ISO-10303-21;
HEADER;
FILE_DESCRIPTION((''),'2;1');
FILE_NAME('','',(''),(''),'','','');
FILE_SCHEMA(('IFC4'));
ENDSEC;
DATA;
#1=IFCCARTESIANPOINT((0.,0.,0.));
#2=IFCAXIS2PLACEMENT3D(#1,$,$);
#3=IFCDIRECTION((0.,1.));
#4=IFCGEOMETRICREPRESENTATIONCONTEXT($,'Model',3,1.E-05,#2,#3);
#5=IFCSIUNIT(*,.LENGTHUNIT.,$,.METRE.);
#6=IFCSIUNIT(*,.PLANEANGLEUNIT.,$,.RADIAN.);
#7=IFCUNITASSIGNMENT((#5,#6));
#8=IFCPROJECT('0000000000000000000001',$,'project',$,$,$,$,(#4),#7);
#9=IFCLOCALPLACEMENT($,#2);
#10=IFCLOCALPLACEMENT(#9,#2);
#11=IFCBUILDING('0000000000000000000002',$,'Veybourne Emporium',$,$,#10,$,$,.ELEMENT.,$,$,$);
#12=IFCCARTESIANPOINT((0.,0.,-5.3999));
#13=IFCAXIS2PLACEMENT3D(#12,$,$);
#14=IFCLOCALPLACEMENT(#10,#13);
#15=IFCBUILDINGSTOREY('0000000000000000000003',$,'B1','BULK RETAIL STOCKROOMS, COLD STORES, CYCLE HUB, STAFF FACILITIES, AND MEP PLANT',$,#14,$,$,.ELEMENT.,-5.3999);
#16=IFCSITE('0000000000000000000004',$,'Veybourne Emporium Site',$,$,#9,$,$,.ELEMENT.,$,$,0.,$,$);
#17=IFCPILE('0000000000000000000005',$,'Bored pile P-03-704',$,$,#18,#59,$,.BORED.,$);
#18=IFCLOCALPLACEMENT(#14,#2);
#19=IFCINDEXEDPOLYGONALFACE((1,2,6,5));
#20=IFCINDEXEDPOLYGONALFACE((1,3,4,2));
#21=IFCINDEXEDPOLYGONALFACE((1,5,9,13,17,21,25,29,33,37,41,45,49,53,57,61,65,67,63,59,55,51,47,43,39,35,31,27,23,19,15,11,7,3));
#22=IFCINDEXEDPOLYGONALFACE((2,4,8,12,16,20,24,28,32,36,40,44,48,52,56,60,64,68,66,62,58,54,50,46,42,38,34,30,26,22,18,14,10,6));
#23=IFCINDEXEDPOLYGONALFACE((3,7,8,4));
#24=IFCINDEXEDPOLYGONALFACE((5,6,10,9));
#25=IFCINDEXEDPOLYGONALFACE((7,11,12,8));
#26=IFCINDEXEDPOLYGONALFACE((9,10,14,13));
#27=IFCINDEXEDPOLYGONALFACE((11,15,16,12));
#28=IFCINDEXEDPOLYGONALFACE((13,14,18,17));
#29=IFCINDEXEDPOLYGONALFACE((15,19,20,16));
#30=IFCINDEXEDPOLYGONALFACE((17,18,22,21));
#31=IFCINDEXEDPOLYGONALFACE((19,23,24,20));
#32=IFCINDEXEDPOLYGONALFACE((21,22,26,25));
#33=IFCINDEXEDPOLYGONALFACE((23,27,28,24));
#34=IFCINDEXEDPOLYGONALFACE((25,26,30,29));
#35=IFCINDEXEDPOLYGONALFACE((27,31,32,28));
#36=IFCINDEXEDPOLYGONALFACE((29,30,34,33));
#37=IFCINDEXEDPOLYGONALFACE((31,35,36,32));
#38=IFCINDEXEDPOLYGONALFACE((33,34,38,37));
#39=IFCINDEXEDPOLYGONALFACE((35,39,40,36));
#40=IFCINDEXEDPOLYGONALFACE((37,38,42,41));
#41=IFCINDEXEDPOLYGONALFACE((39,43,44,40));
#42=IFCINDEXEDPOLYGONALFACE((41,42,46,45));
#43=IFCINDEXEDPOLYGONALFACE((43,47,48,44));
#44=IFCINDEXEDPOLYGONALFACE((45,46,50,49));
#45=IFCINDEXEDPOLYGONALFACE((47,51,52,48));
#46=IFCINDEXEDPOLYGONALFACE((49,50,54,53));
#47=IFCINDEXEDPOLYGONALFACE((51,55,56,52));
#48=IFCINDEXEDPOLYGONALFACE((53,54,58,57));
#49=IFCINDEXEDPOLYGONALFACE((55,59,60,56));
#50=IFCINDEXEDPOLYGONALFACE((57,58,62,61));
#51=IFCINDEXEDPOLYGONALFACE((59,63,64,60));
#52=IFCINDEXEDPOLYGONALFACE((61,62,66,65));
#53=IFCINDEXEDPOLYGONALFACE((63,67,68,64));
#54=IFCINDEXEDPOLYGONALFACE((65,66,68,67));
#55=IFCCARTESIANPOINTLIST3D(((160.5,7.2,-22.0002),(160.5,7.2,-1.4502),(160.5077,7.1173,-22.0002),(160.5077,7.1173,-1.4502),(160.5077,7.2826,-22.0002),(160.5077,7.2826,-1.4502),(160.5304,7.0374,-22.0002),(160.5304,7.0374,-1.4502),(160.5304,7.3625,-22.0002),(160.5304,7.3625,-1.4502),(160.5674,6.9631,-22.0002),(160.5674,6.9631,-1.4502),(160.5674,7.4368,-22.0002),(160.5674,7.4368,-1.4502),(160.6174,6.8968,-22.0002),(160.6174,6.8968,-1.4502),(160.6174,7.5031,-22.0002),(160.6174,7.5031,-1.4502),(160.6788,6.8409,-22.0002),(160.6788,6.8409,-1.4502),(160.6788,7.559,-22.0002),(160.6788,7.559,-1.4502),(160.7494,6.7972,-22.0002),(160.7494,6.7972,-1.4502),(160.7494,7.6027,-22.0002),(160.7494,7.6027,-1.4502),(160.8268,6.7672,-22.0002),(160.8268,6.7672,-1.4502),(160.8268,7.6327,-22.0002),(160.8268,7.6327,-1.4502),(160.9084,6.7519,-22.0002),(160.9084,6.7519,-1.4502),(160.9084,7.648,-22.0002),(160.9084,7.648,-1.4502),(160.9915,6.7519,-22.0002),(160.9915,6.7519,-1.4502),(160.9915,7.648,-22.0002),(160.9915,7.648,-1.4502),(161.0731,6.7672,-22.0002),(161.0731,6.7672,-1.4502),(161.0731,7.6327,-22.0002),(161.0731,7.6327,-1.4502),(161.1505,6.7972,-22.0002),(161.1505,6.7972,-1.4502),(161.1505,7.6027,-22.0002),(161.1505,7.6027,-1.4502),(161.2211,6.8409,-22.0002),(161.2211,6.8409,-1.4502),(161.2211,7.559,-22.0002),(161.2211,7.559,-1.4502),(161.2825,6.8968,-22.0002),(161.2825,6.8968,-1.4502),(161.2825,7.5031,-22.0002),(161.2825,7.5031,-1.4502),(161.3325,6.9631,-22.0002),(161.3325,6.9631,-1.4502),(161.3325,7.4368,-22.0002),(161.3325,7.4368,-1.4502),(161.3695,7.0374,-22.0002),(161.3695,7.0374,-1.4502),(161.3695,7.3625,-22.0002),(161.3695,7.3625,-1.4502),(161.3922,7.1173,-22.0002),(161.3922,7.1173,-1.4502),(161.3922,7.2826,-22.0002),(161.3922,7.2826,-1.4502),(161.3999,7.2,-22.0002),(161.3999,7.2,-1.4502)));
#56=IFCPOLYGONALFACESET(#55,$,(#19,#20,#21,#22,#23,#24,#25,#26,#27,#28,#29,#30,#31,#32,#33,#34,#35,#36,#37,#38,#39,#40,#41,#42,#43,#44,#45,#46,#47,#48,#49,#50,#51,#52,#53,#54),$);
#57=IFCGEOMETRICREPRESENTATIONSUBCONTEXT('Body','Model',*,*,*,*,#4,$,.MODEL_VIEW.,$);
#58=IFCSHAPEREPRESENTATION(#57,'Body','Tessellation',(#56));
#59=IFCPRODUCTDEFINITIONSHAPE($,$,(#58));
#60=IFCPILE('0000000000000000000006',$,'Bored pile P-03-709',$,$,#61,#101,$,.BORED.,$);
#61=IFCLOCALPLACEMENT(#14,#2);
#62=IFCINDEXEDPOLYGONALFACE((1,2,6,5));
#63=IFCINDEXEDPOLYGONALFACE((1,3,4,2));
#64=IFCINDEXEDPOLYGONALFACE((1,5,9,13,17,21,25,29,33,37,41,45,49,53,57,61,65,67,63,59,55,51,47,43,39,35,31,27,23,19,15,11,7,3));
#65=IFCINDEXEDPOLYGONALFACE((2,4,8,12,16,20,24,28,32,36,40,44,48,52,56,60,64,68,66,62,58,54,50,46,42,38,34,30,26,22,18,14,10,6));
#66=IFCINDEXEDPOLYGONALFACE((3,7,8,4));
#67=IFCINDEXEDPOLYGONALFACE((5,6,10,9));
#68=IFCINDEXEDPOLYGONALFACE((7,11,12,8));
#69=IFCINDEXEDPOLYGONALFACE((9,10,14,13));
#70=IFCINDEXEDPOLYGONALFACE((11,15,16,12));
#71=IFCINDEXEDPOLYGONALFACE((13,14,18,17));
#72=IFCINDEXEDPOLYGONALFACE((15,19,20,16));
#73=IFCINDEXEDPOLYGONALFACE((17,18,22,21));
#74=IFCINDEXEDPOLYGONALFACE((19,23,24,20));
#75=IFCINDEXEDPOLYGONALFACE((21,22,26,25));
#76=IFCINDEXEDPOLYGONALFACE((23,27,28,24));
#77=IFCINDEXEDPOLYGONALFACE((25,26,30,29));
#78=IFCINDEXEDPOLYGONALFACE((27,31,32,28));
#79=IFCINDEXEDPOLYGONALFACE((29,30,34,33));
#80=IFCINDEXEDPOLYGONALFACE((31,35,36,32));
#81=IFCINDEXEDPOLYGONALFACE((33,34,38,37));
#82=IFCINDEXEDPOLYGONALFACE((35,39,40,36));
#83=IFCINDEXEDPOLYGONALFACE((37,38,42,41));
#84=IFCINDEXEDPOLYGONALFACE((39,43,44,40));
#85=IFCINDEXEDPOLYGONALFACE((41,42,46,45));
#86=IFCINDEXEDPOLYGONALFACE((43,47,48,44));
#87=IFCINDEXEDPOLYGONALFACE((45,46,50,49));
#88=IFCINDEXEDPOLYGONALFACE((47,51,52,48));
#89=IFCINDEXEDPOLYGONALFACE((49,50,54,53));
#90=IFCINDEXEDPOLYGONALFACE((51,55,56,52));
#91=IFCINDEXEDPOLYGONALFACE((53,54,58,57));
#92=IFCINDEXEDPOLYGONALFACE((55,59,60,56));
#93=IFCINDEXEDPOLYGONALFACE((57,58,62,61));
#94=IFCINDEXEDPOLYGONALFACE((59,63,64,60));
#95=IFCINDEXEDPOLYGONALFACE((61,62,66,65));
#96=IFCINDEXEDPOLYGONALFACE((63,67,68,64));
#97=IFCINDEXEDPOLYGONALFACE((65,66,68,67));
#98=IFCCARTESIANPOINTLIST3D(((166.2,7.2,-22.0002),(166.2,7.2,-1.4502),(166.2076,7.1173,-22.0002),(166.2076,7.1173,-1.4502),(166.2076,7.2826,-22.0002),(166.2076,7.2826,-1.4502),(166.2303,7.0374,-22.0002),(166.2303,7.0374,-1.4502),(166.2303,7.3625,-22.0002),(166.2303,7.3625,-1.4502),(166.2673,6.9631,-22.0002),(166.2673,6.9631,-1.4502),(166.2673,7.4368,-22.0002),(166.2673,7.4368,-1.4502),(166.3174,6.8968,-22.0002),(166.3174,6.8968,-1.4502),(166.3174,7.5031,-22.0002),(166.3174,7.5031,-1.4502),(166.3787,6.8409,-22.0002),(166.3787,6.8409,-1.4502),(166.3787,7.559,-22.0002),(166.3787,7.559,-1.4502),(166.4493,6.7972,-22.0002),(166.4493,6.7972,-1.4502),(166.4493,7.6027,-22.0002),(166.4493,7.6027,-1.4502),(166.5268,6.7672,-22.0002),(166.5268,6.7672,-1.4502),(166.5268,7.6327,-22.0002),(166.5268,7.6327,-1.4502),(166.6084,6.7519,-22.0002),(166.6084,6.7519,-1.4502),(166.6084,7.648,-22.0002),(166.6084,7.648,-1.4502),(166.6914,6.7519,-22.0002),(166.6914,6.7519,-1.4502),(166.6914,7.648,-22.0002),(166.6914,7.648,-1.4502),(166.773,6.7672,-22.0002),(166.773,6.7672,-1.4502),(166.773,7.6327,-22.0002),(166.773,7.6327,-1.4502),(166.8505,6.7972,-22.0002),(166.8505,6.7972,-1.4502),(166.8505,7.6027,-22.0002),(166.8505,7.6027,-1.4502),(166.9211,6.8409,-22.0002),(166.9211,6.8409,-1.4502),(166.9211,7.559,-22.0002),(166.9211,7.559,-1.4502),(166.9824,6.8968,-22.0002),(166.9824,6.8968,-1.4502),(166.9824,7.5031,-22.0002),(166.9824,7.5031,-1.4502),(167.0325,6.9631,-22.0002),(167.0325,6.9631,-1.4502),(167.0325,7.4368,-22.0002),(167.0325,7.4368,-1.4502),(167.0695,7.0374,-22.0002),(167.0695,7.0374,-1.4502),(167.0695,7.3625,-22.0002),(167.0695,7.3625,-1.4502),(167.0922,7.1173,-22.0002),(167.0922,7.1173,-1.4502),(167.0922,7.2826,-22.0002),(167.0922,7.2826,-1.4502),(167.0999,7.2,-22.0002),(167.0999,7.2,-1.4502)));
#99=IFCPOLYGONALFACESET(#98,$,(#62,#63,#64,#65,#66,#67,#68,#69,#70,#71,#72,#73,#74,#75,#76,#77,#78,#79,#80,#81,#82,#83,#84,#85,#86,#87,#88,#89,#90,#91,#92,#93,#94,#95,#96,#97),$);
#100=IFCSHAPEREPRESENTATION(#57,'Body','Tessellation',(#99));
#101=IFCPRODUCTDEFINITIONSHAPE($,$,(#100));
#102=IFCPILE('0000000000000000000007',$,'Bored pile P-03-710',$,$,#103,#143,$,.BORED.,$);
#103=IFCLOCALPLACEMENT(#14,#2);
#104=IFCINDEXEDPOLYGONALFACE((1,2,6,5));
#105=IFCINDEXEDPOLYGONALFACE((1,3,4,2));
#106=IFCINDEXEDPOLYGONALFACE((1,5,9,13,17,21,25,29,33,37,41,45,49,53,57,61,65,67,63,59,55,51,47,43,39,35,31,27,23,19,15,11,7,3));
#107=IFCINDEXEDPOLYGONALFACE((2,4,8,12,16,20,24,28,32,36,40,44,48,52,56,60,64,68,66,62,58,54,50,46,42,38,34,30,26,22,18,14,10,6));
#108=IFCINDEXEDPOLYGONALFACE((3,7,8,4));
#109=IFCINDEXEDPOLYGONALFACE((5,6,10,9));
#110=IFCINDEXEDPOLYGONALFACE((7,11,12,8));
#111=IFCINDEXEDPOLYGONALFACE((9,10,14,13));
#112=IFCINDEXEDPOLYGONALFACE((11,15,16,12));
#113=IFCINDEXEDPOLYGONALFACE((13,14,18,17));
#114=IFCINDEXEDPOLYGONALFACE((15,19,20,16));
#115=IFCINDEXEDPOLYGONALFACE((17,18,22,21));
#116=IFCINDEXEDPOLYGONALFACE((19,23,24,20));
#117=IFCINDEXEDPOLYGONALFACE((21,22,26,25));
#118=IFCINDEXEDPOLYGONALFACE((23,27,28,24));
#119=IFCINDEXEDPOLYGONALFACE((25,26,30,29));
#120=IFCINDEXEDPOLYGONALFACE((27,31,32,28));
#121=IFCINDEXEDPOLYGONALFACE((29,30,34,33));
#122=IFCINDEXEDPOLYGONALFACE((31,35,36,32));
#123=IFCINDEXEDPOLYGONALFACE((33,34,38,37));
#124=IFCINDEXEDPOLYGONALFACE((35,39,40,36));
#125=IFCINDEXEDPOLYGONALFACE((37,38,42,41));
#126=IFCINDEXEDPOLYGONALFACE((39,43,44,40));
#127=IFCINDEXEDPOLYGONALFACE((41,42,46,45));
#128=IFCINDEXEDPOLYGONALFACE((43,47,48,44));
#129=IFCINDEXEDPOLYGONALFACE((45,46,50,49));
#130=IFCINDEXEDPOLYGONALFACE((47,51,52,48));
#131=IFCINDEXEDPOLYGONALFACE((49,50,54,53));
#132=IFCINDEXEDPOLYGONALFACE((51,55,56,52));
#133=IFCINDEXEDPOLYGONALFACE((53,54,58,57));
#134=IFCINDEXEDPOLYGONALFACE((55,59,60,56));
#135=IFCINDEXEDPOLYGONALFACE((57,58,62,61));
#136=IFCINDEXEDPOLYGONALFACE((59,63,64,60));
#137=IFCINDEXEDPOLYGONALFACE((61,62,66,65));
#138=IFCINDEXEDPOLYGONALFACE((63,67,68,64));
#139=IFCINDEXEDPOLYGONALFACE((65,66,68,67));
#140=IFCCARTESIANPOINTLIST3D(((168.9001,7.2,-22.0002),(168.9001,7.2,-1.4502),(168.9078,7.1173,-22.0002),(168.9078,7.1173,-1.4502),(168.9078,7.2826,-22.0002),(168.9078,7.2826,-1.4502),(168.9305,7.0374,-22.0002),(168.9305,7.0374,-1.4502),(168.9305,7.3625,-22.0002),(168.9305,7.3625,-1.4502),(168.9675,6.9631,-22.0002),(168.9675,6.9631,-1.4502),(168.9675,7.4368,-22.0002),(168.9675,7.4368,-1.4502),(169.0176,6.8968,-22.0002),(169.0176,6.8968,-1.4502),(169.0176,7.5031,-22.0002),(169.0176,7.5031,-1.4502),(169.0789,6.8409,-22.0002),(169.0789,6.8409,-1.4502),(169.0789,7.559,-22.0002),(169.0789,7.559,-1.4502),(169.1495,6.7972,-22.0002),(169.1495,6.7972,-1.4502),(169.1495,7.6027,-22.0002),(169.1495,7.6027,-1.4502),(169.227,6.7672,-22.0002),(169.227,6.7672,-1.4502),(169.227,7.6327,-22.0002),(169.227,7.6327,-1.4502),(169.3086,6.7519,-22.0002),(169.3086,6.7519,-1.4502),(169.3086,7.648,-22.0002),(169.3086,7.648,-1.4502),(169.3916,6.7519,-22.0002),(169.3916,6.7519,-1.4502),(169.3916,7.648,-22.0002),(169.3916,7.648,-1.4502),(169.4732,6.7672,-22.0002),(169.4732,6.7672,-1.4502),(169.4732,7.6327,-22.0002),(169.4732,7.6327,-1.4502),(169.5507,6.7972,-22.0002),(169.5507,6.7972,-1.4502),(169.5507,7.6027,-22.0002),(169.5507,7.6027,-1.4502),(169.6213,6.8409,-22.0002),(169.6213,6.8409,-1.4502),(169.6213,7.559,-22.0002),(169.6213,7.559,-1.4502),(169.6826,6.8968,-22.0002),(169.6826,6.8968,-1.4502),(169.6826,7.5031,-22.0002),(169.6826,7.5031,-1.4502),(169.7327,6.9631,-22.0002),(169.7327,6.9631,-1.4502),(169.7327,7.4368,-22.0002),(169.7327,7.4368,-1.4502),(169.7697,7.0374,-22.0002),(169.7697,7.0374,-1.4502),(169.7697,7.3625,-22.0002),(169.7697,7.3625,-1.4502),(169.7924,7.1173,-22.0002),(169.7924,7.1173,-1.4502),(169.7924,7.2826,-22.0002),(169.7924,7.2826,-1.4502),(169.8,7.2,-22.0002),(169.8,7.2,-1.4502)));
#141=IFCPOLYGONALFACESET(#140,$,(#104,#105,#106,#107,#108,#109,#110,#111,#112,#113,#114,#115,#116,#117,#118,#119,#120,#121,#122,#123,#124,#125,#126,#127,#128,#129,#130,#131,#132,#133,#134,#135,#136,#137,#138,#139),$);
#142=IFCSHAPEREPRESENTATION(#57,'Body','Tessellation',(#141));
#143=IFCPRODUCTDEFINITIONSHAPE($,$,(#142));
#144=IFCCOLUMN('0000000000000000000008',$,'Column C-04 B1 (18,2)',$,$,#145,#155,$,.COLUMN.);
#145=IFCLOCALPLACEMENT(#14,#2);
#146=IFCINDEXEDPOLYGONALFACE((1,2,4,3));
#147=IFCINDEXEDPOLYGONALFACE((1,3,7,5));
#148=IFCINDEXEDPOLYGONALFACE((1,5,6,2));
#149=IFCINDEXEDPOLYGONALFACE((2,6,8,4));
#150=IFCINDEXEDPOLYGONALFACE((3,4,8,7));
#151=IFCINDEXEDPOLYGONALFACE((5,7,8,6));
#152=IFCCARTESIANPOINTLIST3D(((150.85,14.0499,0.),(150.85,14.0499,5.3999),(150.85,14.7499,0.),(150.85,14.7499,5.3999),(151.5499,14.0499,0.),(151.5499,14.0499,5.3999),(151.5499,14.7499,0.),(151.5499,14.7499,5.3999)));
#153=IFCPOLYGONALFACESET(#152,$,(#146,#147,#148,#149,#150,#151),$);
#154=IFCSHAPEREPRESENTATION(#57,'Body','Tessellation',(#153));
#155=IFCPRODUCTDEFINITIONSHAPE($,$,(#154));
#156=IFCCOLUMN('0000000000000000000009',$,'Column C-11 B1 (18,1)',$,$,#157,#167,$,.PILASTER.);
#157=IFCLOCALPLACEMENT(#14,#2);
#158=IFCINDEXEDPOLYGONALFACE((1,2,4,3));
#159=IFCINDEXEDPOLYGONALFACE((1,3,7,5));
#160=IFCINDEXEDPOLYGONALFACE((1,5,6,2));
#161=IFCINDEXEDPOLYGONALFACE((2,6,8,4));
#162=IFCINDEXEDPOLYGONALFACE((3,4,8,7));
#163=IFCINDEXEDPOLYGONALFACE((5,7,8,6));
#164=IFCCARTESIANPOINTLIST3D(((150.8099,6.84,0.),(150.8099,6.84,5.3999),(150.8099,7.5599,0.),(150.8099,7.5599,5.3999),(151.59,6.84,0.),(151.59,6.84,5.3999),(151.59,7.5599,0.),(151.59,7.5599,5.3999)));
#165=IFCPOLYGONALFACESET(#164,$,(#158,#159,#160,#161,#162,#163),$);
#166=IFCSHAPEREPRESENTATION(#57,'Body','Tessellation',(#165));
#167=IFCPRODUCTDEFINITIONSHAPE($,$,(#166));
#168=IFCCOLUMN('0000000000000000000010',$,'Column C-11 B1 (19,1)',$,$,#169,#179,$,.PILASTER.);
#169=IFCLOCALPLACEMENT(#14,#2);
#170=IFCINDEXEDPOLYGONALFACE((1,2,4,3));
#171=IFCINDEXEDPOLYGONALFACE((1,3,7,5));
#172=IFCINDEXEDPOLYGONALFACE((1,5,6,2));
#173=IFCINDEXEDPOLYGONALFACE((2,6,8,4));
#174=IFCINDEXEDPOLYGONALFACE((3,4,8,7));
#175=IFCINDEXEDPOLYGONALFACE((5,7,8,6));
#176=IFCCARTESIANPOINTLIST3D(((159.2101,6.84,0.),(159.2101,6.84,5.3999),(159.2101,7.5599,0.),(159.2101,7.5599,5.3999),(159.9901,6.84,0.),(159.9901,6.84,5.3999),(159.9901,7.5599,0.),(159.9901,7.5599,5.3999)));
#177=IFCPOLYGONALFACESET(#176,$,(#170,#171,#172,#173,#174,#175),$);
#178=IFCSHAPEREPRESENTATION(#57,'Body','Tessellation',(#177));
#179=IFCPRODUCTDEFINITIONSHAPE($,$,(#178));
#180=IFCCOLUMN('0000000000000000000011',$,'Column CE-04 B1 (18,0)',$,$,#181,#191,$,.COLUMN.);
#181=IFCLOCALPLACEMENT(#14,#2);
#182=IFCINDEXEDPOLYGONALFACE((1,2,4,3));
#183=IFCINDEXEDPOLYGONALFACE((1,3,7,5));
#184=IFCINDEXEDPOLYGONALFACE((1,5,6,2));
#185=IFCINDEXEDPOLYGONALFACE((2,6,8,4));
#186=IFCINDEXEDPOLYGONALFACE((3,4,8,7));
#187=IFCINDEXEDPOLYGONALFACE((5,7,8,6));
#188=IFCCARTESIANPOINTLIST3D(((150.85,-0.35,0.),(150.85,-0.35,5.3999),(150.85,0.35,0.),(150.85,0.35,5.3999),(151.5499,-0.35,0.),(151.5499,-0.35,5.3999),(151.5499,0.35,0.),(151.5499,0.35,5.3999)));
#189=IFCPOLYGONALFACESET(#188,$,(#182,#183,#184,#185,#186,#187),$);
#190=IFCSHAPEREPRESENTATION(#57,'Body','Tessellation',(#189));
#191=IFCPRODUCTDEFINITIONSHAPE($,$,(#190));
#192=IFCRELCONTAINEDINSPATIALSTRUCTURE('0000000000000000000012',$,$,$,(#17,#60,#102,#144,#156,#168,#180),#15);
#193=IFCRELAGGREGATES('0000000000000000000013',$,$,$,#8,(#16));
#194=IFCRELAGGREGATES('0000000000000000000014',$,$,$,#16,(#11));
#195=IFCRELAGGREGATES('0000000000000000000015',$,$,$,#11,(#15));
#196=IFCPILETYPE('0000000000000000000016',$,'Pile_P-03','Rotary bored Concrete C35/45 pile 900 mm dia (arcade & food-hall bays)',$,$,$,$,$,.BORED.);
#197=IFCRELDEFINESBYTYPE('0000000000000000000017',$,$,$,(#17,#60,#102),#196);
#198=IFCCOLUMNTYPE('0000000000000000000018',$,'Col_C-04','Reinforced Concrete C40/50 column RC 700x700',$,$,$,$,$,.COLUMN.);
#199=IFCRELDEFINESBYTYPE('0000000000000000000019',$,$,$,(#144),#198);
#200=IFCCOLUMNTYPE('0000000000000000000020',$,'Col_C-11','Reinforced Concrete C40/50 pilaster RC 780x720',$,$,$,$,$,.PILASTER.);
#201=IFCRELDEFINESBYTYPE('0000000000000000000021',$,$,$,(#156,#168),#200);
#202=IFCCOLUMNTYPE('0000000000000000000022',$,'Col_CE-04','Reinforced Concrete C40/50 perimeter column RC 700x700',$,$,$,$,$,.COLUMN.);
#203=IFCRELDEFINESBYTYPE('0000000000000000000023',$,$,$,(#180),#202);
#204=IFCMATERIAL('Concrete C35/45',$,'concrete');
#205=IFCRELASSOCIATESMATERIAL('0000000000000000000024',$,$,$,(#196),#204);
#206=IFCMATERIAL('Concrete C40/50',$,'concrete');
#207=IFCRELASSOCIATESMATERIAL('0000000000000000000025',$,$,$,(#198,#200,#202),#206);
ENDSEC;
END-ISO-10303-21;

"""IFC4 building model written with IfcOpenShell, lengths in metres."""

from ifc_helpers import new_model, si_unit, direction, frame, origin, origin_2d, place, context, subcontext, project, spatial, rectangle, circle, extrude, material, material_profile, profile_set, type_object, element, save


model = new_model("IFC4")

# Units and contexts
model_context = context("Model", 3, precision=1e-05, world=origin(), true_north=direction((0.0, 1.0)))
body_context = subcontext(model_context, "Body", "Model", "MODEL_VIEW")
ifc_project = project(units=[si_unit("LENGTHUNIT", "METRE"), si_unit("PLANEANGLEUNIT", "RADIAN")], contexts=[model_context])

# Site, building, storey
site_placement = place(None, origin())
site = spatial("IfcSite", under=ifc_project, at=site_placement, Name="Veybourne Emporium Site", CompositionType="ELEMENT", RefElevation=0.0)
building_placement = place(site_placement, origin())
building = spatial("IfcBuilding", under=site, at=building_placement, Name="Veybourne Emporium", CompositionType="ELEMENT")
storey_placement = place(building_placement, frame((0.0, 0.0, -5.3999)))
storey = spatial("IfcBuildingStorey", under=building, at=storey_placement, Name="B1", Description="BULK RETAIL STOCKROOMS, COLD STORES, CYCLE HUB, STAFF FACILITIES, AND MEP PLANT", CompositionType="ELEMENT", Elevation=-5.3999)

# Shared definitions
ifc_material_1 = material(Name="Concrete C35/45", Category="concrete")

# Piles
ifc_material_profile_1 = material_profile(ifc_material_1, circle(Radius=0.45, at=origin_2d()), Name="BORED PILE 900")
ifc_profile_set_1 = profile_set([ifc_material_profile_1], Name="Concrete C35/45")
pile_type = type_object("IfcPileType", Name="Pile_P-03", Description="Rotary bored Concrete C35/45 pile 900 mm dia (arcade & food-hall bays)", PredefinedType="BORED", material=ifc_profile_set_1)
for number, where, z_axis, x_axis, name in (
    (1, (160.95, 7.2, -1.4502), (0.0, 0.0, -1.0), (1.0, 0.0, 0.0), "Bored pile P-03-704"),
    (2, (166.6499, 7.2, -1.4502), (0.0, 0.0, -1.0), (1.0, 0.0, 0.0), "Bored pile P-03-709"),
    (3, (169.3501, 7.2, -1.4502), (0.0, 0.0, -1.0), (1.0, 0.0, 0.0), "Bored pile P-03-710"),
):
    element("IfcPile", number, at=place(storey_placement, frame(where, z_axis=z_axis, x_axis=x_axis)), inside=storey, type_object=pile_type, Name=name, PredefinedType="BORED", context=body_context, shape_type="SweptSolid", body=[
        extrude(circle(Radius=0.45, at=origin_2d()), origin(), (0.0, 0.0, 1.0), 20.55),
    ])

# Columns
ifc_material_2 = material(Name="Concrete C40/50", Category="concrete")
ifc_material_profile_2 = material_profile(ifc_material_2, rectangle(XDim=0.7, YDim=0.7, at=origin_2d()), Name="RC 700x700")
ifc_profile_set_2 = profile_set([ifc_material_profile_2], Name="Concrete C40/50")
column_type_1 = type_object("IfcColumnType", Name="Col_C-04", Description="Reinforced Concrete C40/50 column RC 700x700", PredefinedType="COLUMN", material=ifc_profile_set_2)
column_1_placement = place(storey_placement, frame((151.2, 14.3999, 0.0), z_axis=(0.0, 0.0, 1.0), x_axis=(1.0, 0.0, 0.0)))
element("IfcColumn", 4, at=column_1_placement, inside=storey, type_object=column_type_1, Name="Column C-04 B1 (18,2)", PredefinedType="COLUMN", context=body_context, shape_type="SweptSolid", body=[
    extrude(rectangle(XDim=0.7, YDim=0.7, at=origin_2d()), origin(), (0.0, 0.0, 1.0), 5.3999),
])
ifc_material_profile_3 = material_profile(ifc_material_2, rectangle(XDim=0.78, YDim=0.72, at=origin_2d()), Name="RC 780x720")
ifc_profile_set_3 = profile_set([ifc_material_profile_3], Name="Concrete C40/50")
column_type_2 = type_object("IfcColumnType", Name="Col_C-11", Description="Reinforced Concrete C40/50 pilaster RC 780x720", PredefinedType="PILASTER", material=ifc_profile_set_3)
for number, where, z_axis, x_axis, name in (
    (5, (151.2, 7.2, 0.0), (0.0, 0.0, 1.0), (1.0, 0.0, 0.0), "Column C-11 B1 (18,1)"),
    (6, (159.6001, 7.2, 0.0), (0.0, 0.0, 1.0), (1.0, 0.0, 0.0), "Column C-11 B1 (19,1)"),
):
    element("IfcColumn", number, at=place(storey_placement, frame(where, z_axis=z_axis, x_axis=x_axis)), inside=storey, type_object=column_type_2, Name=name, PredefinedType="PILASTER", context=body_context, shape_type="SweptSolid", body=[
        extrude(rectangle(XDim=0.78, YDim=0.72, at=origin_2d()), origin(), (0.0, 0.0, 1.0), 5.3999),
    ])
ifc_material_profile_4 = material_profile(ifc_material_2, rectangle(XDim=0.7, YDim=0.7, at=origin_2d()), Name="RC 700x700")
ifc_profile_set_4 = profile_set([ifc_material_profile_4], Name="Concrete C40/50")
column_type_3 = type_object("IfcColumnType", Name="Col_CE-04", Description="Reinforced Concrete C40/50 perimeter column RC 700x700", PredefinedType="COLUMN", material=ifc_profile_set_4)
column_2_placement = place(storey_placement, frame((151.2, 0.0, 0.0), z_axis=(0.0, 0.0, 1.0), x_axis=(1.0, 0.0, 0.0)))
element("IfcColumn", 7, at=column_2_placement, inside=storey, type_object=column_type_3, Name="Column CE-04 B1 (18,0)", PredefinedType="COLUMN", context=body_context, shape_type="SweptSolid", body=[
    extrude(rectangle(XDim=0.7, YDim=0.7, at=origin_2d()), origin(), (0.0, 0.0, 1.0), 5.3999),
])

save(model, "model.ifc")
